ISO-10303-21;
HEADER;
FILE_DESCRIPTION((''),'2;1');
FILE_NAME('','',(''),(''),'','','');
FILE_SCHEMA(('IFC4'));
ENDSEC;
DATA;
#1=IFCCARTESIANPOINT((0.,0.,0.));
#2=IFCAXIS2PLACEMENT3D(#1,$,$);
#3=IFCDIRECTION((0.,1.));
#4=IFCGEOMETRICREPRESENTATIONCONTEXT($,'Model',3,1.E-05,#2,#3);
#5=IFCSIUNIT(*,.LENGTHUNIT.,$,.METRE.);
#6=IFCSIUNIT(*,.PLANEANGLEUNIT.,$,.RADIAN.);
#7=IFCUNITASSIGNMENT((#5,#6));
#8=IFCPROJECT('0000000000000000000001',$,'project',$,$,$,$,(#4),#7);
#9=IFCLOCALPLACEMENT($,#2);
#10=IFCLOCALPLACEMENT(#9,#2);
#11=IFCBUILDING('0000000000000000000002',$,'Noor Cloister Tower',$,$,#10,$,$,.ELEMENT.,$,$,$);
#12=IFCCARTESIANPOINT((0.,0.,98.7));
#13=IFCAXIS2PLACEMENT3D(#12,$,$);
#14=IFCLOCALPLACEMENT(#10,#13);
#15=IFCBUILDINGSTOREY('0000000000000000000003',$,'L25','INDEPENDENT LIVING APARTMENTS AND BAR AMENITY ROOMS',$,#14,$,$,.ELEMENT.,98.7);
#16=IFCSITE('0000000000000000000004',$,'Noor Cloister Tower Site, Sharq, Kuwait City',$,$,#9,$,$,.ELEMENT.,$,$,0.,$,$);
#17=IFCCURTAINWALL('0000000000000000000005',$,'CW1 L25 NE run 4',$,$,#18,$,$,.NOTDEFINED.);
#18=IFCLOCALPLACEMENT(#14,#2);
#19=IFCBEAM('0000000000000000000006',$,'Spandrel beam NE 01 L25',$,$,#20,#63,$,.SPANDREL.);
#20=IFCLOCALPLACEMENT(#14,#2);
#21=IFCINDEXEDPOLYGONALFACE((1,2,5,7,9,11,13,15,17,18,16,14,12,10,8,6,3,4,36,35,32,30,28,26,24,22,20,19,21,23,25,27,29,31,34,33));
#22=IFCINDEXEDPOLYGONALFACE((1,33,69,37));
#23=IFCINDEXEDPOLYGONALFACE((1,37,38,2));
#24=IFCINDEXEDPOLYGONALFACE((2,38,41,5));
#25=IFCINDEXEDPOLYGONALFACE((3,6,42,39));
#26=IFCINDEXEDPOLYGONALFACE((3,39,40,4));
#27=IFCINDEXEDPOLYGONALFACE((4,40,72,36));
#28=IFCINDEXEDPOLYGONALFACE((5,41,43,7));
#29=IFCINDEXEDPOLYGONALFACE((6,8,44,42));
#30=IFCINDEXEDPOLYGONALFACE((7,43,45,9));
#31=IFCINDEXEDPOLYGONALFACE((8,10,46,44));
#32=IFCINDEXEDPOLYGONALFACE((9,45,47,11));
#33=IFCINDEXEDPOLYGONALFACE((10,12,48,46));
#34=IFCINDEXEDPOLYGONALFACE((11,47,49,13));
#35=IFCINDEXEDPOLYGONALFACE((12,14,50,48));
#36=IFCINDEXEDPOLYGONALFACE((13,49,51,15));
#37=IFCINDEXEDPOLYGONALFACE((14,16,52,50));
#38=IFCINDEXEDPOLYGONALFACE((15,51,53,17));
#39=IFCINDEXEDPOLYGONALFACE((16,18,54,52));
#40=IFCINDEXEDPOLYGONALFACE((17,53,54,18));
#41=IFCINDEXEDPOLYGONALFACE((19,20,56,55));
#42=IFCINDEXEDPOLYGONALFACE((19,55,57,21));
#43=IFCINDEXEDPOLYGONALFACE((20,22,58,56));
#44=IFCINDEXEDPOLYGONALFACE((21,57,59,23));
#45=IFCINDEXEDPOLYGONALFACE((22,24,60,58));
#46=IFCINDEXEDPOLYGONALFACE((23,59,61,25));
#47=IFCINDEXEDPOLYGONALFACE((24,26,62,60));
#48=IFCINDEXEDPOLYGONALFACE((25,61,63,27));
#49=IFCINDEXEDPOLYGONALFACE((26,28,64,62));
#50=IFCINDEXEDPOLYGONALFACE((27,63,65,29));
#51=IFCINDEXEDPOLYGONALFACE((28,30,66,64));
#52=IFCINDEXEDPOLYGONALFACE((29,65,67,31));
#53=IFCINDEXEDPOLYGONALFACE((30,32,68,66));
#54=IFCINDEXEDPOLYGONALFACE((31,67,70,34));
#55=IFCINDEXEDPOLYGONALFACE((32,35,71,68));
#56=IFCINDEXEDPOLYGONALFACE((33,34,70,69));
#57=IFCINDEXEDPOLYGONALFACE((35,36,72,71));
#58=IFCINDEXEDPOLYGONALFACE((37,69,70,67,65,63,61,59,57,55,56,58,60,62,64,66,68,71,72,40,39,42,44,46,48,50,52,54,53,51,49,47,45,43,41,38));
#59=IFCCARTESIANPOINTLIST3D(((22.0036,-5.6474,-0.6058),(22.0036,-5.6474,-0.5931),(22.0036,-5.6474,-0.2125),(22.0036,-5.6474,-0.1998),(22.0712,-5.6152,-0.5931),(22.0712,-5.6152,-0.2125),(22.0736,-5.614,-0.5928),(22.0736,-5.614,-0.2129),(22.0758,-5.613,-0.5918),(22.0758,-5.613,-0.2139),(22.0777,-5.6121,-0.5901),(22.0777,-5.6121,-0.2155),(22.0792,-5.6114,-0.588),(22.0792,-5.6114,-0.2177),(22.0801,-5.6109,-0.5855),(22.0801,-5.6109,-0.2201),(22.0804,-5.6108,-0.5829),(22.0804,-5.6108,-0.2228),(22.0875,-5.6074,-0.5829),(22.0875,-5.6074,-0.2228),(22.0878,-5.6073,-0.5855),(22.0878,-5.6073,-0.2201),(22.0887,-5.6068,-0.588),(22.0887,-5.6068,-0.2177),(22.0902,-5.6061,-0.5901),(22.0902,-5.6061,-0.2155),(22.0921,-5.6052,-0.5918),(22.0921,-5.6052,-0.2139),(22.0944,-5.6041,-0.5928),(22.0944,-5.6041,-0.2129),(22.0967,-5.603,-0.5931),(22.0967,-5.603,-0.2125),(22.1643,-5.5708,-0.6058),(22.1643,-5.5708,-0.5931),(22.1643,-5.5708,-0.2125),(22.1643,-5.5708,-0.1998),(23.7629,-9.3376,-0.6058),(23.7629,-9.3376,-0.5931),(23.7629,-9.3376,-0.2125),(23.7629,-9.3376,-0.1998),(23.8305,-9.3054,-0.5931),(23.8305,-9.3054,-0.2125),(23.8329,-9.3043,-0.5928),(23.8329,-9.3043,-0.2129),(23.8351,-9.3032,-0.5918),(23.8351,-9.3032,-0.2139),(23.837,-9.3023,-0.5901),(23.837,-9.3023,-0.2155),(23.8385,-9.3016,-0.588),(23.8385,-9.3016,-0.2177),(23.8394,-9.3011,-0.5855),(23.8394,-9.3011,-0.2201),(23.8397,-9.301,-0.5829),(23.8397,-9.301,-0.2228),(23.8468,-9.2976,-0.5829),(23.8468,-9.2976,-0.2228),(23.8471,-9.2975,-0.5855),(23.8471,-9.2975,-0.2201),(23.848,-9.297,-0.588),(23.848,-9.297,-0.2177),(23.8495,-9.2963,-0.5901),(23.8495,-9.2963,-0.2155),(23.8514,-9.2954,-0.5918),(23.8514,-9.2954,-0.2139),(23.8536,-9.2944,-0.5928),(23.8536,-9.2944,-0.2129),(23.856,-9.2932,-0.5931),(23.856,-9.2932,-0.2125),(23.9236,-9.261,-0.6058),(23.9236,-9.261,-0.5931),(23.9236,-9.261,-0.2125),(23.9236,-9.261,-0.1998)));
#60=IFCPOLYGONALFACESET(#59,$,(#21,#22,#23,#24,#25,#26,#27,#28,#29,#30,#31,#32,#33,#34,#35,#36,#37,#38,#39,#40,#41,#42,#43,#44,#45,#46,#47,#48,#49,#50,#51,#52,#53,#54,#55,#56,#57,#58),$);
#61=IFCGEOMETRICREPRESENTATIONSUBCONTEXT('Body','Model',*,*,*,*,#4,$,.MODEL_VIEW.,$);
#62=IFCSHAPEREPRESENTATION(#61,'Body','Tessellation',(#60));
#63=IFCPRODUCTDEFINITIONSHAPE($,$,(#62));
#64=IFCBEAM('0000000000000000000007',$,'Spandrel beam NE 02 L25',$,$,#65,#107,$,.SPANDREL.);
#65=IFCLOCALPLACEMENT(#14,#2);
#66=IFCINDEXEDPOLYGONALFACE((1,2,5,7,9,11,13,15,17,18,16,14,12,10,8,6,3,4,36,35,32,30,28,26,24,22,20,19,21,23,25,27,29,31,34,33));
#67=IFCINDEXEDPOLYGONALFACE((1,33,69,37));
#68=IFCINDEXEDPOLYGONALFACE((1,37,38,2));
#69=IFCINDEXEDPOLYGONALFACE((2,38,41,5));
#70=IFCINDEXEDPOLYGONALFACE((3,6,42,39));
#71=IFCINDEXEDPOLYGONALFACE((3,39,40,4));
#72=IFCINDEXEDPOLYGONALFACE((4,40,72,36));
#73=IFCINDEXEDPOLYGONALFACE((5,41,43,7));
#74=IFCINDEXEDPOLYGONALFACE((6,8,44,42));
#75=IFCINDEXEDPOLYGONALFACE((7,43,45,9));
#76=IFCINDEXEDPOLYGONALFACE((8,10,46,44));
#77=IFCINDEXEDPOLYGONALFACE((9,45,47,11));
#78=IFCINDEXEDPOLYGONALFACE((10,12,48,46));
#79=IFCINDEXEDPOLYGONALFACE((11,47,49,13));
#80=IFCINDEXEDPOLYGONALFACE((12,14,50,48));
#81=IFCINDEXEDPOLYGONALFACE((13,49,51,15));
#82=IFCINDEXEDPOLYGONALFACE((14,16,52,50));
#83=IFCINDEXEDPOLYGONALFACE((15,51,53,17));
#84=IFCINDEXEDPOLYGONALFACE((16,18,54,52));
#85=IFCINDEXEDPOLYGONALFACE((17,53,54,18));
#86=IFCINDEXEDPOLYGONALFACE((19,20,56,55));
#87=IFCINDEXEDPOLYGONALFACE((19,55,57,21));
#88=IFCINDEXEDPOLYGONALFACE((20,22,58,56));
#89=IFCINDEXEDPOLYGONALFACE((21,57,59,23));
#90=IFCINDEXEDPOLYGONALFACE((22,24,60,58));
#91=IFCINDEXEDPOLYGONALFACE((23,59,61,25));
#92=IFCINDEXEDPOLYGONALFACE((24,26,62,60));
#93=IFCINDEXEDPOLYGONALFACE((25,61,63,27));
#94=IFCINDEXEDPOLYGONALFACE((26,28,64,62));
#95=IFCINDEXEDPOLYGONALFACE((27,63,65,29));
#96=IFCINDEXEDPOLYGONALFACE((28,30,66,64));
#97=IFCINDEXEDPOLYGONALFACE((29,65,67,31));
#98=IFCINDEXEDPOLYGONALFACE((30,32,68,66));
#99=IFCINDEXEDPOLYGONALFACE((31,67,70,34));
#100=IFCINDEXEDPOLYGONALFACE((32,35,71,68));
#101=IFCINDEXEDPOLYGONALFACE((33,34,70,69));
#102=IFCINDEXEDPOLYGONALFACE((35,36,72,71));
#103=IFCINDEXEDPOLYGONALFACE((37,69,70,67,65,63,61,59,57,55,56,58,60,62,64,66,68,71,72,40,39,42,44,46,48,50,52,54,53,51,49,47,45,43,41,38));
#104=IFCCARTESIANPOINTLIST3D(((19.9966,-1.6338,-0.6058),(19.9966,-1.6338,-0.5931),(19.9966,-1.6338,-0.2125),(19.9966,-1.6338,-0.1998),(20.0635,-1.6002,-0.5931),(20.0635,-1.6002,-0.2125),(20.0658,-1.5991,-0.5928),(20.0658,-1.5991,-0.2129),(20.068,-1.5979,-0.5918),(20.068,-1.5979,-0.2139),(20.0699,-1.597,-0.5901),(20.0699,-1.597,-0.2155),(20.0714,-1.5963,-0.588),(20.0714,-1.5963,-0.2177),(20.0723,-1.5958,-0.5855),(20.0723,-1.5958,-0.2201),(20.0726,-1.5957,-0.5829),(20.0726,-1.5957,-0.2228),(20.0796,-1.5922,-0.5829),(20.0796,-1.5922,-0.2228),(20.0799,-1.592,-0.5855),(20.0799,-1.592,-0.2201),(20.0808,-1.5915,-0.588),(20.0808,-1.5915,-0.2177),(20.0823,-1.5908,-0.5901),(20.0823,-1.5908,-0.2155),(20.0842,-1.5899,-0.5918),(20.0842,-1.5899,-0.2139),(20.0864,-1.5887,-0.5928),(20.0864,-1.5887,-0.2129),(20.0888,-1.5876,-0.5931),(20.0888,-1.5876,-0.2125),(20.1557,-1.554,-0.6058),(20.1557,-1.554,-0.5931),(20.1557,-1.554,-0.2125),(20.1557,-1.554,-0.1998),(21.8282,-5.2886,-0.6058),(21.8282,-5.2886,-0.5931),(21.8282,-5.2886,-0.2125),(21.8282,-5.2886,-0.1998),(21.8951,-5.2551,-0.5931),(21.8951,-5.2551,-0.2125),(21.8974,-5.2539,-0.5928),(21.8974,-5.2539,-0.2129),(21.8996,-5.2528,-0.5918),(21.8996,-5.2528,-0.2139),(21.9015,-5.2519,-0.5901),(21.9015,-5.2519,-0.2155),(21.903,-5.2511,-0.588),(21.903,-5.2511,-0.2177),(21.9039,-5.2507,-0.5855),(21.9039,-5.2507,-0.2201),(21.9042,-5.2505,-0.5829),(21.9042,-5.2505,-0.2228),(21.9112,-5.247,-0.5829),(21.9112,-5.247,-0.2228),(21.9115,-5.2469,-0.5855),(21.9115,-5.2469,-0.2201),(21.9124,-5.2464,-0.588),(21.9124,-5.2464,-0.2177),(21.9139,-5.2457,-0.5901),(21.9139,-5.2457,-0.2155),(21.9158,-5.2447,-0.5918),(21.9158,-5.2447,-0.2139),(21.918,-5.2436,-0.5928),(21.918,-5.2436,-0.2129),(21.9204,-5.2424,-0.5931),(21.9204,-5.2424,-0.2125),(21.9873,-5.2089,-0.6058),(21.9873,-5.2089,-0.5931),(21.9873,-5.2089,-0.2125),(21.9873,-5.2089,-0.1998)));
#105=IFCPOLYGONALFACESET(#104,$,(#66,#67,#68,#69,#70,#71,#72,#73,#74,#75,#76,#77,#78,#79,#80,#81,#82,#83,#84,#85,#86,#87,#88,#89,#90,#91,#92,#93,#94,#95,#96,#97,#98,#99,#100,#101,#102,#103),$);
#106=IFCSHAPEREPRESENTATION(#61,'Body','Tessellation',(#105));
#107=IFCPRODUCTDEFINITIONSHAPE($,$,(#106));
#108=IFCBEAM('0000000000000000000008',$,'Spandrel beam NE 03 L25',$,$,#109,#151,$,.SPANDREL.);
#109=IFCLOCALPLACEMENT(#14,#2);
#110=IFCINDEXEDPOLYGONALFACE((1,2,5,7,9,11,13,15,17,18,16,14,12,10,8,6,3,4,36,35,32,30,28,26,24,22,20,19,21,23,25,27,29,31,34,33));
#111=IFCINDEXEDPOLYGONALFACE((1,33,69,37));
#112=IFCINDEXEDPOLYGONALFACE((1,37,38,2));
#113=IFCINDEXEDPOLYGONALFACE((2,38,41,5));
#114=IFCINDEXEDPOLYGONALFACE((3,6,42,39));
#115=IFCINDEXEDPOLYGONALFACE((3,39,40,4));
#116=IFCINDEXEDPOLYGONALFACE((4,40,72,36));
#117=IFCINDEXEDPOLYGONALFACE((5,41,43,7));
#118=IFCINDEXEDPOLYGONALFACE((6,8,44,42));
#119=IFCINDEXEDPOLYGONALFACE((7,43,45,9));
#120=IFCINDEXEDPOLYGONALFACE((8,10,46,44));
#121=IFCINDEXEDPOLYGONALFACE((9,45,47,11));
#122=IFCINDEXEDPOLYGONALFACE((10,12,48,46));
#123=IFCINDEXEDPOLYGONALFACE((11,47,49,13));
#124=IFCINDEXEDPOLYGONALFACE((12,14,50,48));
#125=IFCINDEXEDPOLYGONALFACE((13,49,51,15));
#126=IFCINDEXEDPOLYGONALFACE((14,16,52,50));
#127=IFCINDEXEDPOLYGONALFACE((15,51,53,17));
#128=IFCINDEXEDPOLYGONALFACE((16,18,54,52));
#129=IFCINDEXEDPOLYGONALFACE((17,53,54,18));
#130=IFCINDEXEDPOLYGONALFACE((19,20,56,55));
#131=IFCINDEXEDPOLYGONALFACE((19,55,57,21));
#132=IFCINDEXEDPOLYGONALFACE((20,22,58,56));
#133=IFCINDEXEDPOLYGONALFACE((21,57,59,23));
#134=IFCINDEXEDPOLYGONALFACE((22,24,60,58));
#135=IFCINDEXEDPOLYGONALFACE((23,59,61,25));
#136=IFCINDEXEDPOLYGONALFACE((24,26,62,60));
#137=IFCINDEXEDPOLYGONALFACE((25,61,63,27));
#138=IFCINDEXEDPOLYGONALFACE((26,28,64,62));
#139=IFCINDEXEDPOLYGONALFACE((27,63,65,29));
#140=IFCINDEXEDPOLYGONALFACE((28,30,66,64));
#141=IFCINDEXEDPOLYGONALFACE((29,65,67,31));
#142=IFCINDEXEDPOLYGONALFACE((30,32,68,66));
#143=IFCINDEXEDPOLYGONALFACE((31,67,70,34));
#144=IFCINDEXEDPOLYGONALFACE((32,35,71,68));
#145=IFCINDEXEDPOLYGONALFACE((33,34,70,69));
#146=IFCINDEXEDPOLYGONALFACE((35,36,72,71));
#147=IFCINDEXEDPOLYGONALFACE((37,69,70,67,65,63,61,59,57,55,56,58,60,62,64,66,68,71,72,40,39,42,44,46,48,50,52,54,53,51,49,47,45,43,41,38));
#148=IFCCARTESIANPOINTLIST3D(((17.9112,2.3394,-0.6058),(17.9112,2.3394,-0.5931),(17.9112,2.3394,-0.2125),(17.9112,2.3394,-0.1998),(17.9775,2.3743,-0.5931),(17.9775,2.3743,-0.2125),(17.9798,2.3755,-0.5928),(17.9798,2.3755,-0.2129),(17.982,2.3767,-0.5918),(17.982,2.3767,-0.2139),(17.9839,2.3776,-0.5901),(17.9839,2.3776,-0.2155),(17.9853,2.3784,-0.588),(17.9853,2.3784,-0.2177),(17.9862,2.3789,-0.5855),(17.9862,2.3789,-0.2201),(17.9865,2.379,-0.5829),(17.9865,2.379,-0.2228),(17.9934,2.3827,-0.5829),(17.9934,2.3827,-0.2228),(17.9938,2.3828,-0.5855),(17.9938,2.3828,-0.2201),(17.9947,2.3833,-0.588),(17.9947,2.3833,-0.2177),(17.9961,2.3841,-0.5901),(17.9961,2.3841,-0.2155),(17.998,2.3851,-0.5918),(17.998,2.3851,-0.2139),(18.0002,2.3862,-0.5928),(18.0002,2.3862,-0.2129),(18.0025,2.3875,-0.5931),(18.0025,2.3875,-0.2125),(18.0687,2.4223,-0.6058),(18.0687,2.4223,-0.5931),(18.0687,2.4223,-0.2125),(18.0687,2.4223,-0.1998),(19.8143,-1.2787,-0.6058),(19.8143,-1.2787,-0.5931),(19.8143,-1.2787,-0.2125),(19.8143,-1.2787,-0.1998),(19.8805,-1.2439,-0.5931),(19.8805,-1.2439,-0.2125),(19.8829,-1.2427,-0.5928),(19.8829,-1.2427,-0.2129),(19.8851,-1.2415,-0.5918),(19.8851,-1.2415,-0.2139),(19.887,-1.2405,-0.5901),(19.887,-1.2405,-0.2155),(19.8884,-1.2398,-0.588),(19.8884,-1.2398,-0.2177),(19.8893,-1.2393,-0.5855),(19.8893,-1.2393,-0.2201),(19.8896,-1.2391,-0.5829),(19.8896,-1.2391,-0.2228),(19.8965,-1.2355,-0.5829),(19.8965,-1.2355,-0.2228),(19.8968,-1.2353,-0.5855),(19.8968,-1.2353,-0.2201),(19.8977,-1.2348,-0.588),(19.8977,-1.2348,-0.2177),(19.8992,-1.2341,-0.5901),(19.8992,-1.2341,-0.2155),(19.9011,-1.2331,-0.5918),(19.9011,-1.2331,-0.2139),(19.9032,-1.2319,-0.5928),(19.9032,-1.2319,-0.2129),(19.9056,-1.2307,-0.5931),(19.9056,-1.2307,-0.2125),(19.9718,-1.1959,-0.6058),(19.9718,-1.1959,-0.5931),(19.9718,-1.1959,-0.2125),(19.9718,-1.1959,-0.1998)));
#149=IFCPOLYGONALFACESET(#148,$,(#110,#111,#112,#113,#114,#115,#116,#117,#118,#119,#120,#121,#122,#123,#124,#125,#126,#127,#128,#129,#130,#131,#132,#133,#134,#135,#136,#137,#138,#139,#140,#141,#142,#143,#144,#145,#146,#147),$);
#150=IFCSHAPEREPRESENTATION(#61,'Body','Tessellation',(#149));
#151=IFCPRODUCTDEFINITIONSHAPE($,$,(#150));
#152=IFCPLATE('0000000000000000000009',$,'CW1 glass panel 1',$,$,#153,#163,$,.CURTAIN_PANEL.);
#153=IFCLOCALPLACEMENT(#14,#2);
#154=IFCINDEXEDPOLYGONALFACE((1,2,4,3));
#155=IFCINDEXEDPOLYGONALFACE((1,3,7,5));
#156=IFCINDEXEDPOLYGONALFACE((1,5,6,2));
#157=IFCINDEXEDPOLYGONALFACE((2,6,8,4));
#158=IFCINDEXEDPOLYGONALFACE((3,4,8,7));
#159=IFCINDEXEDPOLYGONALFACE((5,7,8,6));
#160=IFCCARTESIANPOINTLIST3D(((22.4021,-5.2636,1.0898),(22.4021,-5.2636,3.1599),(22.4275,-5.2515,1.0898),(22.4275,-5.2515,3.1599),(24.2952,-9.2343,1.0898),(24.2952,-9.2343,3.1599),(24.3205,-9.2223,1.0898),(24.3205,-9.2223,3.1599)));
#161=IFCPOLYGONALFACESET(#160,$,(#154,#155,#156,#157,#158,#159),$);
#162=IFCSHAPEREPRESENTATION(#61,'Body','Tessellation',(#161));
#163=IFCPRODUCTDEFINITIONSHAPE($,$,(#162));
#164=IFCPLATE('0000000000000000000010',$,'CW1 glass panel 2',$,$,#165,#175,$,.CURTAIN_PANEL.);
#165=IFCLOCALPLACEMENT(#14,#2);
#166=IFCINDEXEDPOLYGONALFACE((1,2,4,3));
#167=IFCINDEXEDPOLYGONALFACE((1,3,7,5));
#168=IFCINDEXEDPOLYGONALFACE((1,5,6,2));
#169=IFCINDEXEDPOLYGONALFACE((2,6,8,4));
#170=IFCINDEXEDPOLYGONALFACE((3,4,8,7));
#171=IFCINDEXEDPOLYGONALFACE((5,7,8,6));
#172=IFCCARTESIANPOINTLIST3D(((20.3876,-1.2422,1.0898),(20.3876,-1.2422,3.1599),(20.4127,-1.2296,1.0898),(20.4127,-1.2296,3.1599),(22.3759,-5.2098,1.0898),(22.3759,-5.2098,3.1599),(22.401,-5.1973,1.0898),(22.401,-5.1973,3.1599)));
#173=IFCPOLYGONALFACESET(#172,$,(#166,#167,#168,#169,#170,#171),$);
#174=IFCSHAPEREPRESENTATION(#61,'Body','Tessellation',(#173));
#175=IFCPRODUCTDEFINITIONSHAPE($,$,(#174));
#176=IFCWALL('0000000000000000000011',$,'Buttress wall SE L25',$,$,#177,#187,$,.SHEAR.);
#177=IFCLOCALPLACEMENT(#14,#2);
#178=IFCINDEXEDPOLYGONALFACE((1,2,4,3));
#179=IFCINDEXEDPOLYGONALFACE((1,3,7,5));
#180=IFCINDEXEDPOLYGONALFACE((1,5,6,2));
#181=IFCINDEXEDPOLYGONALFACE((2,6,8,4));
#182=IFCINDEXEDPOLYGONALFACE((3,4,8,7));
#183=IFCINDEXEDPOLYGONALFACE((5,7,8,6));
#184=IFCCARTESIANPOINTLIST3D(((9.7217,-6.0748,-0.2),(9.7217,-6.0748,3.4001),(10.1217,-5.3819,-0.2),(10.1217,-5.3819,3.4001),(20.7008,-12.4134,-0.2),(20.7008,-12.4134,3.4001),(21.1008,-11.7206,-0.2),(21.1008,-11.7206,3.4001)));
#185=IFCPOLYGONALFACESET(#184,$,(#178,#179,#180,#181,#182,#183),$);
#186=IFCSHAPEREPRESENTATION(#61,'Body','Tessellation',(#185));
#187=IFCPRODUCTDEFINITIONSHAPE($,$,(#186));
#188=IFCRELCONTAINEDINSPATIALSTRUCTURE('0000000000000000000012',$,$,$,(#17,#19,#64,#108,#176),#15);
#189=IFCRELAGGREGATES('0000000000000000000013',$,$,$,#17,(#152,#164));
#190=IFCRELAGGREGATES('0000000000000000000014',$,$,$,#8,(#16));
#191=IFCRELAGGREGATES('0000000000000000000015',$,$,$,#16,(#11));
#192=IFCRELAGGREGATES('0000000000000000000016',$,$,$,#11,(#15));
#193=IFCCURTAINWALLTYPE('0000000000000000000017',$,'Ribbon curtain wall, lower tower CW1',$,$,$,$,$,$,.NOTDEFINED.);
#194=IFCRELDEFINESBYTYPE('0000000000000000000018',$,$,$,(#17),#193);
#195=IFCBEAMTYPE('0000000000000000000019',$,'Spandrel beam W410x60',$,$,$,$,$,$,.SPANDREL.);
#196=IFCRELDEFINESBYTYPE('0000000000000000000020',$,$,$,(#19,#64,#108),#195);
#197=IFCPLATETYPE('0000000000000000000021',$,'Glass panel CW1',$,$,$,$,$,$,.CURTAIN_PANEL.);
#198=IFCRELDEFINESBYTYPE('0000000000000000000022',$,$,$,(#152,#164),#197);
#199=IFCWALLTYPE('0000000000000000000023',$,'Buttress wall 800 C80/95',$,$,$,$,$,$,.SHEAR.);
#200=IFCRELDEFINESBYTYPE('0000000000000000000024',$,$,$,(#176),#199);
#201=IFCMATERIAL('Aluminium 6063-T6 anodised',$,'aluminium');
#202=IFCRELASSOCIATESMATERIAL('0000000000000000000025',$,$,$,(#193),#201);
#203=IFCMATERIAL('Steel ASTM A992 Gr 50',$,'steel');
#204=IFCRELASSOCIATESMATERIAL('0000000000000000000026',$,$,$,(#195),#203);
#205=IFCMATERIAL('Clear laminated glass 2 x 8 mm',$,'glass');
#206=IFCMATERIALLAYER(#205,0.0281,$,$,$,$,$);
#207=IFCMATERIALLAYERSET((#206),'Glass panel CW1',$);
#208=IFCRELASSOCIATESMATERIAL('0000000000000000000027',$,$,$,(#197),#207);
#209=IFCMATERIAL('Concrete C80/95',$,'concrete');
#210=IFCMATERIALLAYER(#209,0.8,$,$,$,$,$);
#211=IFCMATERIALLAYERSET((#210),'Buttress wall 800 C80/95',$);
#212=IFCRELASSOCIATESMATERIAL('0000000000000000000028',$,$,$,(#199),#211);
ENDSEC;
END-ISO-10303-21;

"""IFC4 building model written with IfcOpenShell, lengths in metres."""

from ifc_helpers import new_model, si_unit, direction, frame, frame_2d, origin, origin_2d, place, context, subcontext, project, spatial, rectangle, i_section, extrude, material, layer, layer_set, material_profile, profile_set, type_object, element, aggregate, save


model = new_model("IFC4")

# Units and contexts
model_context = context("Model", 3, precision=1e-05, world=origin(), true_north=direction((0.0, 1.0)))
body_context = subcontext(model_context, "Body", "Model", "MODEL_VIEW")
ifc_project = project(units=[si_unit("LENGTHUNIT", "METRE"), si_unit("PLANEANGLEUNIT", "RADIAN")], contexts=[model_context])

# Site, building, storey
site_placement = place(None, origin())
site = spatial("IfcSite", under=ifc_project, at=site_placement, Name="Noor Cloister Tower Site, Sharq, Kuwait City", CompositionType="ELEMENT", RefElevation=0.0)
building_placement = place(site_placement, origin())
building = spatial("IfcBuilding", under=site, at=building_placement, Name="Noor Cloister Tower", CompositionType="ELEMENT")
storey_placement = place(building_placement, frame((0.0, 0.0, 98.7)))
storey = spatial("IfcBuildingStorey", under=building, at=storey_placement, Name="L25", Description="INDEPENDENT LIVING APARTMENTS AND BAR AMENITY ROOMS", CompositionType="ELEMENT", Elevation=98.7)

# Curtain wall
ifc_material_1 = material(Name="Aluminium 6063-T6 anodised", Category="aluminium")
curtain_wall_type = type_object("IfcCurtainWallType", Name="Ribbon curtain wall, lower tower CW1", PredefinedType="NOTDEFINED", material=ifc_material_1)
curtain_wall_placement = place(storey_placement, origin())
curtain_wall = element("IfcCurtainWall", 1, at=curtain_wall_placement, inside=storey, type_object=curtain_wall_type, Name="CW1 L25 NE run 4", PredefinedType="NOTDEFINED")

# Beams
ifc_material_2 = material(Name="Steel ASTM A992 Gr 50", Category="steel")
ifc_material_profile_1 = material_profile(ifc_material_2, i_section(OverallWidth=0.178, OverallDepth=0.406, WebThickness=0.0078, FlangeThickness=0.0127, FilletRadius=0.0103, at=origin_2d()), Name="W410x60")
ifc_profile_set_1 = profile_set([ifc_material_profile_1], Name="Steel ASTM A992 Gr 50")
beam_type_1 = type_object("IfcBeamType", Name="Spandrel beam W410x60", PredefinedType="SPANDREL", material=ifc_profile_set_1)
for number, where, z_axis, x_axis, name in (
    (2, (23.8433, -9.2993, -0.4028), (-0.430342, 0.902666, 0.0), (-0.902666, -0.430342, 0.0), "Spandrel beam NE 01 L25"),
    (3, (21.9077, -5.2488, -0.4028), (-0.448026, 0.894021, 0.0), (-0.894021, -0.448026, 0.0), "Spandrel beam NE 02 L25"),
    (4, (19.8931, -1.2373, -0.4028), (-0.465513, 0.885041, 0.0), (-0.885041, -0.465513, 0.0), "Spandrel beam NE 03 L25"),
):
    element("IfcBeam", number, at=place(storey_placement, frame(where, z_axis=z_axis, x_axis=x_axis)), inside=storey, type_object=beam_type_1, Name=name, PredefinedType="SPANDREL", context=body_context, shape_type="SweptSolid", body=[
        extrude(i_section(OverallWidth=0.178, OverallDepth=0.406, WebThickness=0.0078, FlangeThickness=0.0127, FilletRadius=0.0103, at=origin_2d()), origin(), (0.0, 0.0, 1.0), 4.0881),
    ])

# Plates
ifc_material_3 = material(Name="Clear laminated glass 2 x 8 mm", Category="glass")
ifc_layer_1 = layer(ifc_material_3, 0.0281)
ifc_layer_set_1 = layer_set([ifc_layer_1], Name="Glass panel CW1")
plate_type = type_object("IfcPlateType", Name="Glass panel CW1", PredefinedType="CURTAIN_PANEL", material=ifc_layer_set_1)
plate_1_placement = place(storey_placement, frame((23.3613, -7.2429, 1.0898), z_axis=(0.0, 0.0, 1.0), x_axis=(-0.430337, 0.902668, 0.0)))
plate_1 = element("IfcPlate", 5, at=plate_1_placement, type_object=plate_type, Name="CW1 glass panel 1", PredefinedType="CURTAIN_PANEL", context=body_context, shape_type="SweptSolid", body=[
    extrude(rectangle(XDim=4.3989, YDim=0.0281, at=origin_2d()), origin(), (0.0, 0.0, 1.0), 2.0701),
])
plate_2_placement = place(storey_placement, frame((21.3943, -3.2197, 1.0898), z_axis=(0.0, 0.0, 1.0), x_axis=(-0.44802, 0.894024, 0.0)))
plate_2 = element("IfcPlate", 6, at=plate_2_placement, type_object=plate_type, Name="CW1 glass panel 2", PredefinedType="CURTAIN_PANEL", context=body_context, shape_type="SweptSolid", body=[
    extrude(rectangle(XDim=4.438, YDim=0.0281, at=origin_2d()), origin(), (0.0, 0.0, 1.0), 2.0701),
])
aggregate(curtain_wall, [plate_1, plate_2])

# Wall
ifc_material_4 = material(Name="Concrete C80/95", Category="concrete")
ifc_layer_2 = layer(ifc_material_4, 0.8)
ifc_layer_set_2 = layer_set([ifc_layer_2], Name="Buttress wall 800 C80/95")
wall_type_1 = type_object("IfcWallType", Name="Buttress wall 800 C80/95", PredefinedType="SHEAR", material=ifc_layer_set_2)
wall_1_placement = place(storey_placement, frame((9.9216, -5.7283, -0.2), z_axis=(0.0, 0.0, 1.0), x_axis=(0.866029, -0.499994, 0.0)))
element("IfcWall", 7, at=wall_1_placement, inside=storey, type_object=wall_type_1, Name="Buttress wall SE L25", PredefinedType="SHEAR", context=body_context, shape_type="SweptSolid", body=[
    extrude(rectangle(XDim=12.6775, YDim=0.8, at=frame_2d((6.3389, 0.0))), origin(), (0.0, 0.0, 1.0), 3.6001),
])

save(model, "model.ifc")
